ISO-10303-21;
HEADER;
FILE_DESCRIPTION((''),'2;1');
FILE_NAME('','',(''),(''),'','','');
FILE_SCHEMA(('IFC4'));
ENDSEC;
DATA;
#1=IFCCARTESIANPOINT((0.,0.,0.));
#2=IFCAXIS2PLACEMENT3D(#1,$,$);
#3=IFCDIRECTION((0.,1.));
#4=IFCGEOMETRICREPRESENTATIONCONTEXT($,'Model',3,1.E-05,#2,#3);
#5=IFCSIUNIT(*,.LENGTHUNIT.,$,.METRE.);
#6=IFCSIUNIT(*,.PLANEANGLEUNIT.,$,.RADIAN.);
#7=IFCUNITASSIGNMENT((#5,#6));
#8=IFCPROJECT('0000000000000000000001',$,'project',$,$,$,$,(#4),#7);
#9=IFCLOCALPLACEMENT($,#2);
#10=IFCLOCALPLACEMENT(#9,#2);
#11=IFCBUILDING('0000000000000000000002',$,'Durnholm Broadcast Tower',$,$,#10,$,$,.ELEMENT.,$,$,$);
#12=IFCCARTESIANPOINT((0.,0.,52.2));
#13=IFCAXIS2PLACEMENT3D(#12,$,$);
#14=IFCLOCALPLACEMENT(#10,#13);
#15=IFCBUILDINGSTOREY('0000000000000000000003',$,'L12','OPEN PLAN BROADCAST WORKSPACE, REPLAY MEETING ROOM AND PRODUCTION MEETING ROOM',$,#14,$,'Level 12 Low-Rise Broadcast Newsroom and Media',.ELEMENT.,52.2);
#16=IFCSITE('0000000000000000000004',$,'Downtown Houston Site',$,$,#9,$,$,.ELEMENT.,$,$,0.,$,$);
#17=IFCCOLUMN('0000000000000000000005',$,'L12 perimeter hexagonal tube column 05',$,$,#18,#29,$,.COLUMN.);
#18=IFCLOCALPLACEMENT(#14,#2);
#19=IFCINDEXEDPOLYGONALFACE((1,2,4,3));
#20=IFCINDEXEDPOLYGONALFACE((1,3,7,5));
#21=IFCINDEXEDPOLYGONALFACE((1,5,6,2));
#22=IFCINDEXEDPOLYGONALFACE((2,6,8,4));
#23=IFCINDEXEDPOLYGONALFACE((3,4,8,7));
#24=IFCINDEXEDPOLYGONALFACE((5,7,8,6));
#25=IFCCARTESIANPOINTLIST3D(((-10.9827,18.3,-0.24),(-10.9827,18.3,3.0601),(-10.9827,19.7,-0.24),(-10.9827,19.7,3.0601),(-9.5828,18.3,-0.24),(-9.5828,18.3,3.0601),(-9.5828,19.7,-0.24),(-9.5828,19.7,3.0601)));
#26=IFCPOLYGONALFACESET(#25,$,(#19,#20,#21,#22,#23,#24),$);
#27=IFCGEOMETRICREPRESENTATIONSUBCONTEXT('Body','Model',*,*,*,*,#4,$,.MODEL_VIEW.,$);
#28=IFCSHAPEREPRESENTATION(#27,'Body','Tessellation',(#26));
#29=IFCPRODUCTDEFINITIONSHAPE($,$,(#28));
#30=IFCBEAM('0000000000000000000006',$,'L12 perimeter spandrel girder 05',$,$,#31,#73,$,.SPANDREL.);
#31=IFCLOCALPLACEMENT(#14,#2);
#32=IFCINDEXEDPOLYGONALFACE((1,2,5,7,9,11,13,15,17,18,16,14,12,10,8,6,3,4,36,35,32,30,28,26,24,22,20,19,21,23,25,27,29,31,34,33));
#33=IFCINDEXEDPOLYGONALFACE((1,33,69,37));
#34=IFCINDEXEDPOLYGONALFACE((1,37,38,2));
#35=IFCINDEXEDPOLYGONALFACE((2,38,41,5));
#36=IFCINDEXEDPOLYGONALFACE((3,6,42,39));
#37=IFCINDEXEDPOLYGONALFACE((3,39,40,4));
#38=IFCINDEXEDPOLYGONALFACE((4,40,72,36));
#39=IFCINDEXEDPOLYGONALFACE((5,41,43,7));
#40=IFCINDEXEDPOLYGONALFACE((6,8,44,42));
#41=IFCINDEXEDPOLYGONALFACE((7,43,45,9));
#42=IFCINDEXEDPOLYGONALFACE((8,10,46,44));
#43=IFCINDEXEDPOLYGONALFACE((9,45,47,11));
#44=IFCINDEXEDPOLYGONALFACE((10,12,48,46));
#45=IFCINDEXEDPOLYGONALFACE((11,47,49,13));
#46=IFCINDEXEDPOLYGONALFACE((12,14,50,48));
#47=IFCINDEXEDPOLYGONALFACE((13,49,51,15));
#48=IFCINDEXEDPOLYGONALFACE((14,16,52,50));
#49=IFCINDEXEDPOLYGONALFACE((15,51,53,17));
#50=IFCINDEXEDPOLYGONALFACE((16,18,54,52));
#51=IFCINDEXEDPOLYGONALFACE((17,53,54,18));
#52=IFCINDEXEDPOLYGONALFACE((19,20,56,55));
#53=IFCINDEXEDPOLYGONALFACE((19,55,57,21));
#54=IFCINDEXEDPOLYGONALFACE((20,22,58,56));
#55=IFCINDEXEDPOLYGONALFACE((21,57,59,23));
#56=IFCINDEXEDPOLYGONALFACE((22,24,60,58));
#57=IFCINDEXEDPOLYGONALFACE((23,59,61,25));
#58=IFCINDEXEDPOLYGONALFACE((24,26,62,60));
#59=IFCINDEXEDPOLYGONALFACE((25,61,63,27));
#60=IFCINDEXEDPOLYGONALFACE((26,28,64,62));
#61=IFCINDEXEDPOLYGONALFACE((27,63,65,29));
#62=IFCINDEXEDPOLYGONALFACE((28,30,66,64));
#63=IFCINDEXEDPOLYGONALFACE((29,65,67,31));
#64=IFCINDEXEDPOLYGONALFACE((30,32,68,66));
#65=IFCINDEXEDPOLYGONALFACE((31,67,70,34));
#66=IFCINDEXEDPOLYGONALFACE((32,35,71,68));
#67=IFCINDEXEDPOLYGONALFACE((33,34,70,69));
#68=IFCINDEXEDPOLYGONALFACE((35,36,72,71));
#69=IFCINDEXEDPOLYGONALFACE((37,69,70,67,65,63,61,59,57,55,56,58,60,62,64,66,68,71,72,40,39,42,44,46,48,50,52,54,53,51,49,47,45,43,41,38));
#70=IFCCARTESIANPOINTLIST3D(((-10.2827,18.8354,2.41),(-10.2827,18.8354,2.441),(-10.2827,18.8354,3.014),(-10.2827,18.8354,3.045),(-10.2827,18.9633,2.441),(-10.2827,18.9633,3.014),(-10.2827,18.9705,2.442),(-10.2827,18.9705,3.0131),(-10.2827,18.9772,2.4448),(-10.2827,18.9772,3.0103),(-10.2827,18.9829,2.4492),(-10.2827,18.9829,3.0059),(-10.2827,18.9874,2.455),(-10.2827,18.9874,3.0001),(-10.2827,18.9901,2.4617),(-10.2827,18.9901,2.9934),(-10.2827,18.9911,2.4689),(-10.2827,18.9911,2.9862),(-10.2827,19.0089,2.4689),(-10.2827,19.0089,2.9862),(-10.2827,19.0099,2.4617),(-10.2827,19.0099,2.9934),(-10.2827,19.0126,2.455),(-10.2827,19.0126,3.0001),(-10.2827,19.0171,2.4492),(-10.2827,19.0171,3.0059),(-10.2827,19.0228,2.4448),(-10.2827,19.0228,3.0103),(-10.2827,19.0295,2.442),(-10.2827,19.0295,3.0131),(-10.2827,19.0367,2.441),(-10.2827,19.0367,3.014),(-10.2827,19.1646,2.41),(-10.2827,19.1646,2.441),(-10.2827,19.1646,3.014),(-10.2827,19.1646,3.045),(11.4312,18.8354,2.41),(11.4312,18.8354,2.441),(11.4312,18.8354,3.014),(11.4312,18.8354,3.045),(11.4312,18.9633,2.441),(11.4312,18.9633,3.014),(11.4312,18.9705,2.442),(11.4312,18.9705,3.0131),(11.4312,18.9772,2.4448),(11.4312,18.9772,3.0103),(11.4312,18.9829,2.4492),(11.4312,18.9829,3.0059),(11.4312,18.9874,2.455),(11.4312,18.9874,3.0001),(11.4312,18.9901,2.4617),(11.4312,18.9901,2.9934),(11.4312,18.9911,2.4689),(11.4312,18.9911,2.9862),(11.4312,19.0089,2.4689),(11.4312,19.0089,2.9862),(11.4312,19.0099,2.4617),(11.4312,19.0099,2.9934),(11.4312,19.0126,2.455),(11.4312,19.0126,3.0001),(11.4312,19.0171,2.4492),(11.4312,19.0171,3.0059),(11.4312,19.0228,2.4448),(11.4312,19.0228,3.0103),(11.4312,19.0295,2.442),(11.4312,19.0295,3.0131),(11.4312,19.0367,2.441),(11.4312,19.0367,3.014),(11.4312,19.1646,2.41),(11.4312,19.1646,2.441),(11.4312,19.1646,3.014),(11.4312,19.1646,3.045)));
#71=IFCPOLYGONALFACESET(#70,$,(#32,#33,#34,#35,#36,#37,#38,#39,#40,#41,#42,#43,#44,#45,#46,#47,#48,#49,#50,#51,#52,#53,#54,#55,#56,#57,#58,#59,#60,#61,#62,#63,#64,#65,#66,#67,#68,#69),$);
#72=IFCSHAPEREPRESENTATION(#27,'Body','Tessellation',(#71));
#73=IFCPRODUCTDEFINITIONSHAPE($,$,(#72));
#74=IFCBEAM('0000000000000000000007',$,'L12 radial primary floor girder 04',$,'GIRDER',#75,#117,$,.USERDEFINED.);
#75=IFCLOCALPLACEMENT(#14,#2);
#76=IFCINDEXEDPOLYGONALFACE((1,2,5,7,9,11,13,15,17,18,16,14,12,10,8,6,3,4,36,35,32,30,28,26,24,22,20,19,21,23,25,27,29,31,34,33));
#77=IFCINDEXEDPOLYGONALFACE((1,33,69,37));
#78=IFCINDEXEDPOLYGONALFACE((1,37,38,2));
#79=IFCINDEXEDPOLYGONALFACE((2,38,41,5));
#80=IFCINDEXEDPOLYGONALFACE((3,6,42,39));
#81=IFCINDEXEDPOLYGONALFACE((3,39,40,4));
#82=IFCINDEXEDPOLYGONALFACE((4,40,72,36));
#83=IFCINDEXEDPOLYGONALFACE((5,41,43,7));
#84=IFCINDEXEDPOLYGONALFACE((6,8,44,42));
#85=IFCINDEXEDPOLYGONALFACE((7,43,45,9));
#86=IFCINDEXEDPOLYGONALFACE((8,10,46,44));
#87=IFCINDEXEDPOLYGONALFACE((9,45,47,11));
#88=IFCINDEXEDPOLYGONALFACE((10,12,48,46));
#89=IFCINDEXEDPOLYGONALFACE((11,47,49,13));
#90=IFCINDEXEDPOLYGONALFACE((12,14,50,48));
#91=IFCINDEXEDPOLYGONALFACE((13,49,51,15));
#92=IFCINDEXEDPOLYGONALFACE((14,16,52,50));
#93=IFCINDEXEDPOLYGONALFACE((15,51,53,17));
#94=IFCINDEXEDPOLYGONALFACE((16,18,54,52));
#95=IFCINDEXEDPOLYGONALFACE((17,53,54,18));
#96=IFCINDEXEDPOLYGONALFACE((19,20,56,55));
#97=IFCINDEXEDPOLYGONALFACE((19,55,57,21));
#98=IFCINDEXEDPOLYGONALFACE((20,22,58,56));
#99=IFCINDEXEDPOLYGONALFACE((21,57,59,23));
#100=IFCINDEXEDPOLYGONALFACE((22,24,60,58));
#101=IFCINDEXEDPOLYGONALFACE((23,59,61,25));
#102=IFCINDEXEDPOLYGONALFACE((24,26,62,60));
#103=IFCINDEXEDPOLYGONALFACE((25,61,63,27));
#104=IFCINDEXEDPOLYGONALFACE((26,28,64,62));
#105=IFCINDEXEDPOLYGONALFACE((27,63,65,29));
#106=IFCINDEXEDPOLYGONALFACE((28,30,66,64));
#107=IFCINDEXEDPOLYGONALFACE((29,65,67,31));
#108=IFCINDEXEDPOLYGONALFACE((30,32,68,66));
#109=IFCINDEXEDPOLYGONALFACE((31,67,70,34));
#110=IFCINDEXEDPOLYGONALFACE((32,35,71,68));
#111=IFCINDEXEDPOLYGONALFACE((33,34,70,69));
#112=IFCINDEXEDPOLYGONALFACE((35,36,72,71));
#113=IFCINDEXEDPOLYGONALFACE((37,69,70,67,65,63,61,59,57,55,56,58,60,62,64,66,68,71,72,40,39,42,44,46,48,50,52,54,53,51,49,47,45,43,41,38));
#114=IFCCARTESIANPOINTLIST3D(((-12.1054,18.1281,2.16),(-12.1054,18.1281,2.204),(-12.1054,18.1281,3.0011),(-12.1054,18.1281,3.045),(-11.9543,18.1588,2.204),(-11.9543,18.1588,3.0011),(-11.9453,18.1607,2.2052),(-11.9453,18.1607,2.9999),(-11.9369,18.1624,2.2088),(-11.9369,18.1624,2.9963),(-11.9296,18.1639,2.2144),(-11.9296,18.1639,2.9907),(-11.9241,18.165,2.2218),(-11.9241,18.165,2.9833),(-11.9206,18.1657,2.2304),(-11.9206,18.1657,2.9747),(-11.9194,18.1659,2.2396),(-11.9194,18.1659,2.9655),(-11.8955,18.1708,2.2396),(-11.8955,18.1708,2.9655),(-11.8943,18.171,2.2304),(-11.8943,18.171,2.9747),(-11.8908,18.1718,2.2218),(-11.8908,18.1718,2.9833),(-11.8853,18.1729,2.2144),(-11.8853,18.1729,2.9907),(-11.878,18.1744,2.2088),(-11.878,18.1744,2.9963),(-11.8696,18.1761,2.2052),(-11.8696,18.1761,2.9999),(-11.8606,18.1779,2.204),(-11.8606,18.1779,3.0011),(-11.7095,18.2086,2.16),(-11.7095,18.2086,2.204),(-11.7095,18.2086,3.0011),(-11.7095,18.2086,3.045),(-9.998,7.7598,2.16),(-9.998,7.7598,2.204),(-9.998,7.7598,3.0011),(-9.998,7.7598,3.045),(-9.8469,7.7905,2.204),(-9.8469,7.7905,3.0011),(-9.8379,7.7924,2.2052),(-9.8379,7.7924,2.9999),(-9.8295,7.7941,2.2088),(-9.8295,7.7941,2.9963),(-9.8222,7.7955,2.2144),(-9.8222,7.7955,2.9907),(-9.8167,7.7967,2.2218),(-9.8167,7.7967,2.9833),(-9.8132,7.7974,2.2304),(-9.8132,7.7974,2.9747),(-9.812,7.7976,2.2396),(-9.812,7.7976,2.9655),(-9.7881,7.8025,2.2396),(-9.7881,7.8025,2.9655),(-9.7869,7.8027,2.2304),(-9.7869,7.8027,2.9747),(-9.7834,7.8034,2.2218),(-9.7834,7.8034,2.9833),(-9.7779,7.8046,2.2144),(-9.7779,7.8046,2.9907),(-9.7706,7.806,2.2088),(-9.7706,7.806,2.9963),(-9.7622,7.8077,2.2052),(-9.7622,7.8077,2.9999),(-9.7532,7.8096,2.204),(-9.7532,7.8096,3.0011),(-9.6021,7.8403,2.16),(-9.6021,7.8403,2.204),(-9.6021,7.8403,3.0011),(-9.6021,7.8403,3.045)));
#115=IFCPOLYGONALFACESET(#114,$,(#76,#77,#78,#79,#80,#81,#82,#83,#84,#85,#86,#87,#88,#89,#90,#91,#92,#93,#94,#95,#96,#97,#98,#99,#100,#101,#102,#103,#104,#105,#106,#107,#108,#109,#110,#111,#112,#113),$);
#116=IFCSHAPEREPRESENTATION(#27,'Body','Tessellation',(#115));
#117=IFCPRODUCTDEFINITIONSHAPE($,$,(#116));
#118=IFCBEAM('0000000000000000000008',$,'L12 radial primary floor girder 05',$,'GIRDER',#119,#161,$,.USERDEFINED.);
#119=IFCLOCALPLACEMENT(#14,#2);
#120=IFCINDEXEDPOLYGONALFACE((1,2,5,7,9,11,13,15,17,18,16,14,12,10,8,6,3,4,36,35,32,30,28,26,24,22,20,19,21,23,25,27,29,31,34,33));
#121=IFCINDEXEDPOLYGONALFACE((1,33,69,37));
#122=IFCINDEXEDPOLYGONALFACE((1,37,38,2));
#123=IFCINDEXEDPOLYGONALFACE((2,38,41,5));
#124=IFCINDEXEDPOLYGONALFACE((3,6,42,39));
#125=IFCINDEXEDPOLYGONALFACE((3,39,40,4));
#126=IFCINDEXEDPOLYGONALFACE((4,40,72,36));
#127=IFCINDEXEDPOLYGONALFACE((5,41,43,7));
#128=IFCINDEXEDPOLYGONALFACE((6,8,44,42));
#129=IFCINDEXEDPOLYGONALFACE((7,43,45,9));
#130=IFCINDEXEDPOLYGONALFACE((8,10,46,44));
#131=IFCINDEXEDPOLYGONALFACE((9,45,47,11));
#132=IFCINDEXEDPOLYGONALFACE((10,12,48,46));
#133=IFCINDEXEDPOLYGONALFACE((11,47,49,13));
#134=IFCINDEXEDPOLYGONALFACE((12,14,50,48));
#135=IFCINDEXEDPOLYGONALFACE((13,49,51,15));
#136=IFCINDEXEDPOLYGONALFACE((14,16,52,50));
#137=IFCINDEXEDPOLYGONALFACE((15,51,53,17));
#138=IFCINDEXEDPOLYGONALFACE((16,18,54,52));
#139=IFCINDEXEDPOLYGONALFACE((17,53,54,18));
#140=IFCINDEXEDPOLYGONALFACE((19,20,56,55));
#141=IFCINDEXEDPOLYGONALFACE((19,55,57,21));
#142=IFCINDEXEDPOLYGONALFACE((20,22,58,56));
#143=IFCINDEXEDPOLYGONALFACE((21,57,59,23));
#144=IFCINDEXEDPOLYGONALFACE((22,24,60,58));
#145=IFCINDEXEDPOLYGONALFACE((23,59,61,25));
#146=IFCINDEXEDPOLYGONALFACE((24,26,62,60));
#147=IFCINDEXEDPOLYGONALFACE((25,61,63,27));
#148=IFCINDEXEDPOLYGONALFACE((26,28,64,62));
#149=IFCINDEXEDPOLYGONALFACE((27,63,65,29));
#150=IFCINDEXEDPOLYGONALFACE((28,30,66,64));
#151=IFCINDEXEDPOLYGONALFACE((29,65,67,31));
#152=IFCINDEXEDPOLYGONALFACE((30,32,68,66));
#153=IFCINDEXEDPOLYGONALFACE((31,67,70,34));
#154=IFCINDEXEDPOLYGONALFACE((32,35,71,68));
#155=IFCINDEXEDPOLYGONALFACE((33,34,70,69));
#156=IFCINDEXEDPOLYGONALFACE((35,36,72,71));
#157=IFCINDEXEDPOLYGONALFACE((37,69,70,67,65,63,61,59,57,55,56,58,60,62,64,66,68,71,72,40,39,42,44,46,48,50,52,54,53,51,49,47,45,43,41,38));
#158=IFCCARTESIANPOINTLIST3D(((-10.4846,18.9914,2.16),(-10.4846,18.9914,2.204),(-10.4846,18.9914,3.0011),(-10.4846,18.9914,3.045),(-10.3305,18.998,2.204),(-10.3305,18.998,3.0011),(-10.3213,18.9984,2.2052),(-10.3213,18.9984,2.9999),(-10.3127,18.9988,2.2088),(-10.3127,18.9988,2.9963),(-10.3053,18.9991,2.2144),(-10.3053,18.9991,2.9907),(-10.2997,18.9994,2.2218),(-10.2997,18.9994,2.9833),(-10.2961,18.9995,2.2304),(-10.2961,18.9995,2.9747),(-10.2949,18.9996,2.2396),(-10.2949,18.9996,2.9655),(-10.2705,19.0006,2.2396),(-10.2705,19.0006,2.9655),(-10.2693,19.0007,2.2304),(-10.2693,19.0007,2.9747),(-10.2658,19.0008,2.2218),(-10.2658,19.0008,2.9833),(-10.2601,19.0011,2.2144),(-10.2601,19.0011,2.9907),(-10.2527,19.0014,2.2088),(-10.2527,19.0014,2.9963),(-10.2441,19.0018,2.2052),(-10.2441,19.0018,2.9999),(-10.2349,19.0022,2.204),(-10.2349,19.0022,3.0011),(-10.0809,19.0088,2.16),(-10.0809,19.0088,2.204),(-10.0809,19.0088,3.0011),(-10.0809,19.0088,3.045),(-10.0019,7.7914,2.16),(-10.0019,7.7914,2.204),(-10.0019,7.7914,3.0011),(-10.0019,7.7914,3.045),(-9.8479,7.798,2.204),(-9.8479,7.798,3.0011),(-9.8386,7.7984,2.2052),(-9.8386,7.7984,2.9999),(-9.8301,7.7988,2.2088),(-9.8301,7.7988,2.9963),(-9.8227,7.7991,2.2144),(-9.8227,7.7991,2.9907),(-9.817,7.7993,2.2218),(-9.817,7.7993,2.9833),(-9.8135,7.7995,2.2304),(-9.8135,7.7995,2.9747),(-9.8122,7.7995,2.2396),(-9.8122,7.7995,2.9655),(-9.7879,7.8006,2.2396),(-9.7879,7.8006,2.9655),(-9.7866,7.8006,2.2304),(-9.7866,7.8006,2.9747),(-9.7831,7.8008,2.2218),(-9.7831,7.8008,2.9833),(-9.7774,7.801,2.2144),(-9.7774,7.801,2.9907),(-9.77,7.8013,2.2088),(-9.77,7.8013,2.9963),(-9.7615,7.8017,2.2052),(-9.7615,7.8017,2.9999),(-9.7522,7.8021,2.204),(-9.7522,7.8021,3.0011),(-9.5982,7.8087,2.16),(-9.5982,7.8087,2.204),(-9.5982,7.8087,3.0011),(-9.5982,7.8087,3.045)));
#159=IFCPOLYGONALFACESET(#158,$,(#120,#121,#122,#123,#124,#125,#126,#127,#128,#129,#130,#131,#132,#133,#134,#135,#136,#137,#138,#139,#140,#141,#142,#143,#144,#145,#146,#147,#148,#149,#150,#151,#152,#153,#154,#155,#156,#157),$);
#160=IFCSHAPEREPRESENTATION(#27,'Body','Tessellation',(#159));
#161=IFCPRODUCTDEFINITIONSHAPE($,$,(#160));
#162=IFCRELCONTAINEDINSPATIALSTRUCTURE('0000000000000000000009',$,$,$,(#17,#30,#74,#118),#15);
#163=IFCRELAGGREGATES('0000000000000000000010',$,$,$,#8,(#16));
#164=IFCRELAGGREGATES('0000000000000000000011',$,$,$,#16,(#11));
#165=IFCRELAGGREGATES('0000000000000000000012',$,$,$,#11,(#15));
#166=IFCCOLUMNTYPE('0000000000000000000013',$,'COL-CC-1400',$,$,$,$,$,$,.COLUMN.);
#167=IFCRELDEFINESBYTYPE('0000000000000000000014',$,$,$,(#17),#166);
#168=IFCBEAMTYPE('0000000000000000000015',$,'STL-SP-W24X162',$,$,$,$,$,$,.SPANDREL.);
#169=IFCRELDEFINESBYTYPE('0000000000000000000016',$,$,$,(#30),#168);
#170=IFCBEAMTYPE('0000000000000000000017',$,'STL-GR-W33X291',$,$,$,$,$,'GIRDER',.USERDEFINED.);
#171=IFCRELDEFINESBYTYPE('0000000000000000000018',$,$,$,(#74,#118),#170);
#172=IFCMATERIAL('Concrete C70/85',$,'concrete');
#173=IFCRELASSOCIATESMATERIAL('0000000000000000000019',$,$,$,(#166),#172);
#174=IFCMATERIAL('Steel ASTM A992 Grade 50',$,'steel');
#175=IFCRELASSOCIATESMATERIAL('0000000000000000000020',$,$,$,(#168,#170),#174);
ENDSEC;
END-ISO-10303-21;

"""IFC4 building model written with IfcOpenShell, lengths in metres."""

from ifc_helpers import new_model, si_unit, direction, frame, origin, origin_2d, place, context, subcontext, project, spatial, rectangle, i_section, extrude, source, transform, mapped, material, material_profile, profile_set, type_object, type_shapes, element, save


model = new_model("IFC4")

# Units and contexts
model_context = context("Model", 3, precision=1e-05, world=origin(), true_north=direction((0.0, 1.0)))
body_context = subcontext(model_context, "Body", "Model", "MODEL_VIEW")
ifc_project = project(units=[si_unit("LENGTHUNIT", "METRE"), si_unit("PLANEANGLEUNIT", "RADIAN")], contexts=[model_context])

# Site, building, storey
site_placement = place(None, origin())
site = spatial("IfcSite", under=ifc_project, at=site_placement, Name="Downtown Houston Site", CompositionType="ELEMENT", RefElevation=0.0)
building_placement = place(site_placement, origin())
building = spatial("IfcBuilding", under=site, at=building_placement, Name="Durnholm Broadcast Tower", CompositionType="ELEMENT")
storey_placement = place(building_placement, frame((0.0, 0.0, 52.2)))
storey = spatial("IfcBuildingStorey", under=building, at=storey_placement, Name="L12", Description="OPEN PLAN BROADCAST WORKSPACE, REPLAY MEETING ROOM AND PRODUCTION MEETING ROOM", LongName="Level 12 Low-Rise Broadcast Newsroom and Media", CompositionType="ELEMENT", Elevation=52.2)

# Column
ifc_material_1 = material(Name="Concrete C70/85", Category="concrete")
ifc_material_profile_1 = material_profile(ifc_material_1, rectangle(XDim=1.3999, YDim=1.3999, at=origin_2d()), Name="RC1400X1400")
ifc_profile_set_1 = profile_set([ifc_material_profile_1], Name="Concrete C70/85")
column_type = type_object("IfcColumnType", Name="COL-CC-1400", PredefinedType="COLUMN", material=ifc_profile_set_1)
shared_shape_1 = source(origin(), body_context, "Body", "SweptSolid", [
    extrude(rectangle(XDim=1.3999, YDim=1.3999, at=origin_2d()), origin(), (0.0, 0.0, 1.0), 3.3),
])
type_shapes(column_type, [shared_shape_1])
column_placement = place(storey_placement, frame((-10.2827, 19.0, -0.24), z_axis=(0.0, 0.0, 1.0), x_axis=(1.0, 0.0, 0.0)))
element("IfcColumn", 1, at=column_placement, inside=storey, type_object=column_type, Name="L12 perimeter hexagonal tube column 05", PredefinedType="COLUMN", context=body_context, shape_type="MappedRepresentation", body=[
    mapped(shared_shape_1, transform((0.0, 0.0, 0.0), x_axis=(1.0, 0.0, 0.0), y_axis=(0.0, 1.0, 0.0), z_axis=(0.0, 0.0, 1.0), scale=1.0)),
])

# Beams
ifc_material_2 = material(Name="Steel ASTM A992 Grade 50", Category="steel")
ifc_material_profile_2 = material_profile(ifc_material_2, i_section(OverallWidth=0.3291, OverallDepth=0.635, WebThickness=0.0178, FlangeThickness=0.031, FilletRadius=0.0278, at=origin_2d()), Name="W24X162")
ifc_profile_set_2 = profile_set([ifc_material_profile_2], Name="Steel ASTM A992 Grade 50")
beam_type_1 = type_object("IfcBeamType", Name="STL-SP-W24X162", PredefinedType="SPANDREL", material=ifc_profile_set_2)
shared_shape_2 = source(origin(), body_context, "Body", "SweptSolid", [
    extrude(i_section(OverallWidth=0.3291, OverallDepth=0.635, WebThickness=0.0178, FlangeThickness=0.031, FilletRadius=0.0278, at=origin_2d()), origin(), (0.0, 0.0, 1.0), 21.7139),
])
type_shapes(beam_type_1, [shared_shape_2])
beam_1_placement = place(storey_placement, frame((-10.2827, 19.0, 2.7275), z_axis=(1.0, 0.0, 0.0), x_axis=(0.0, 1.0, 0.0)))
element("IfcBeam", 2, at=beam_1_placement, inside=storey, type_object=beam_type_1, Name="L12 perimeter spandrel girder 05", PredefinedType="SPANDREL", context=body_context, shape_type="MappedRepresentation", body=[
    mapped(shared_shape_2, transform((0.0, 0.0, 0.0), x_axis=(1.0, 0.0, 0.0), y_axis=(0.0, 1.0, 0.0), z_axis=(0.0, 0.0, 1.0), scale=1.0)),
])
ifc_material_profile_3 = material_profile(ifc_material_2, i_section(OverallWidth=0.4041, OverallDepth=0.885, WebThickness=0.0244, FlangeThickness=0.0439, FilletRadius=0.0356, at=origin_2d()), Name="W33X291")
ifc_profile_set_3 = profile_set([ifc_material_profile_3], Name="Steel ASTM A992 Grade 50")
beam_type_2 = type_object("IfcBeamType", Name="STL-GR-W33X291", ElementType="GIRDER", PredefinedType="USERDEFINED", material=ifc_profile_set_3)
shared_shape_3 = source(origin(), body_context, "Body", "SweptSolid", [
    extrude(i_section(OverallWidth=0.4041, OverallDepth=0.885, WebThickness=0.0244, FlangeThickness=0.0439, FilletRadius=0.0356, at=origin_2d()), origin(), (0.0, 0.0, 1.0), 10.5803),
])
beam_2_placement = place(storey_placement, frame((-9.8, 7.8, 2.6025), z_axis=(-0.199181, 0.979963, 0.0), x_axis=(-0.979963, -0.199181, 0.0)))
element("IfcBeam", 3, at=beam_2_placement, inside=storey, type_object=beam_type_2, Name="L12 radial primary floor girder 04", ObjectType="GIRDER", PredefinedType="USERDEFINED", context=body_context, shape_type="MappedRepresentation", body=[
    mapped(shared_shape_3, transform((0.0, 0.0, 0.0), x_axis=(1.0, 0.0, 0.0), y_axis=(0.0, 1.0, 0.0), z_axis=(0.0, 0.0, 1.0), scale=1.0)),
])
shared_shape_4 = source(origin(), body_context, "Body", "SweptSolid", [
    extrude(i_section(OverallWidth=0.4041, OverallDepth=0.885, WebThickness=0.0244, FlangeThickness=0.0439, FilletRadius=0.0356, at=origin_2d()), origin(), (0.0, 0.0, 1.0), 11.2104),
])
type_shapes(beam_type_2, [shared_shape_3, shared_shape_4])
beam_3_placement = place(storey_placement, frame((-9.8, 7.8, 2.6025), z_axis=(-0.043055, 0.999073, 0.0), x_axis=(-0.999073, -0.043055, 0.0)))
element("IfcBeam", 4, at=beam_3_placement, inside=storey, type_object=beam_type_2, Name="L12 radial primary floor girder 05", ObjectType="GIRDER", PredefinedType="USERDEFINED", context=body_context, shape_type="MappedRepresentation", body=[
    mapped(shared_shape_4, transform((0.0, 0.0, 0.0), x_axis=(1.0, 0.0, 0.0), y_axis=(0.0, 1.0, 0.0), z_axis=(0.0, 0.0, 1.0), scale=1.0)),
])

save(model, "model.ifc")
